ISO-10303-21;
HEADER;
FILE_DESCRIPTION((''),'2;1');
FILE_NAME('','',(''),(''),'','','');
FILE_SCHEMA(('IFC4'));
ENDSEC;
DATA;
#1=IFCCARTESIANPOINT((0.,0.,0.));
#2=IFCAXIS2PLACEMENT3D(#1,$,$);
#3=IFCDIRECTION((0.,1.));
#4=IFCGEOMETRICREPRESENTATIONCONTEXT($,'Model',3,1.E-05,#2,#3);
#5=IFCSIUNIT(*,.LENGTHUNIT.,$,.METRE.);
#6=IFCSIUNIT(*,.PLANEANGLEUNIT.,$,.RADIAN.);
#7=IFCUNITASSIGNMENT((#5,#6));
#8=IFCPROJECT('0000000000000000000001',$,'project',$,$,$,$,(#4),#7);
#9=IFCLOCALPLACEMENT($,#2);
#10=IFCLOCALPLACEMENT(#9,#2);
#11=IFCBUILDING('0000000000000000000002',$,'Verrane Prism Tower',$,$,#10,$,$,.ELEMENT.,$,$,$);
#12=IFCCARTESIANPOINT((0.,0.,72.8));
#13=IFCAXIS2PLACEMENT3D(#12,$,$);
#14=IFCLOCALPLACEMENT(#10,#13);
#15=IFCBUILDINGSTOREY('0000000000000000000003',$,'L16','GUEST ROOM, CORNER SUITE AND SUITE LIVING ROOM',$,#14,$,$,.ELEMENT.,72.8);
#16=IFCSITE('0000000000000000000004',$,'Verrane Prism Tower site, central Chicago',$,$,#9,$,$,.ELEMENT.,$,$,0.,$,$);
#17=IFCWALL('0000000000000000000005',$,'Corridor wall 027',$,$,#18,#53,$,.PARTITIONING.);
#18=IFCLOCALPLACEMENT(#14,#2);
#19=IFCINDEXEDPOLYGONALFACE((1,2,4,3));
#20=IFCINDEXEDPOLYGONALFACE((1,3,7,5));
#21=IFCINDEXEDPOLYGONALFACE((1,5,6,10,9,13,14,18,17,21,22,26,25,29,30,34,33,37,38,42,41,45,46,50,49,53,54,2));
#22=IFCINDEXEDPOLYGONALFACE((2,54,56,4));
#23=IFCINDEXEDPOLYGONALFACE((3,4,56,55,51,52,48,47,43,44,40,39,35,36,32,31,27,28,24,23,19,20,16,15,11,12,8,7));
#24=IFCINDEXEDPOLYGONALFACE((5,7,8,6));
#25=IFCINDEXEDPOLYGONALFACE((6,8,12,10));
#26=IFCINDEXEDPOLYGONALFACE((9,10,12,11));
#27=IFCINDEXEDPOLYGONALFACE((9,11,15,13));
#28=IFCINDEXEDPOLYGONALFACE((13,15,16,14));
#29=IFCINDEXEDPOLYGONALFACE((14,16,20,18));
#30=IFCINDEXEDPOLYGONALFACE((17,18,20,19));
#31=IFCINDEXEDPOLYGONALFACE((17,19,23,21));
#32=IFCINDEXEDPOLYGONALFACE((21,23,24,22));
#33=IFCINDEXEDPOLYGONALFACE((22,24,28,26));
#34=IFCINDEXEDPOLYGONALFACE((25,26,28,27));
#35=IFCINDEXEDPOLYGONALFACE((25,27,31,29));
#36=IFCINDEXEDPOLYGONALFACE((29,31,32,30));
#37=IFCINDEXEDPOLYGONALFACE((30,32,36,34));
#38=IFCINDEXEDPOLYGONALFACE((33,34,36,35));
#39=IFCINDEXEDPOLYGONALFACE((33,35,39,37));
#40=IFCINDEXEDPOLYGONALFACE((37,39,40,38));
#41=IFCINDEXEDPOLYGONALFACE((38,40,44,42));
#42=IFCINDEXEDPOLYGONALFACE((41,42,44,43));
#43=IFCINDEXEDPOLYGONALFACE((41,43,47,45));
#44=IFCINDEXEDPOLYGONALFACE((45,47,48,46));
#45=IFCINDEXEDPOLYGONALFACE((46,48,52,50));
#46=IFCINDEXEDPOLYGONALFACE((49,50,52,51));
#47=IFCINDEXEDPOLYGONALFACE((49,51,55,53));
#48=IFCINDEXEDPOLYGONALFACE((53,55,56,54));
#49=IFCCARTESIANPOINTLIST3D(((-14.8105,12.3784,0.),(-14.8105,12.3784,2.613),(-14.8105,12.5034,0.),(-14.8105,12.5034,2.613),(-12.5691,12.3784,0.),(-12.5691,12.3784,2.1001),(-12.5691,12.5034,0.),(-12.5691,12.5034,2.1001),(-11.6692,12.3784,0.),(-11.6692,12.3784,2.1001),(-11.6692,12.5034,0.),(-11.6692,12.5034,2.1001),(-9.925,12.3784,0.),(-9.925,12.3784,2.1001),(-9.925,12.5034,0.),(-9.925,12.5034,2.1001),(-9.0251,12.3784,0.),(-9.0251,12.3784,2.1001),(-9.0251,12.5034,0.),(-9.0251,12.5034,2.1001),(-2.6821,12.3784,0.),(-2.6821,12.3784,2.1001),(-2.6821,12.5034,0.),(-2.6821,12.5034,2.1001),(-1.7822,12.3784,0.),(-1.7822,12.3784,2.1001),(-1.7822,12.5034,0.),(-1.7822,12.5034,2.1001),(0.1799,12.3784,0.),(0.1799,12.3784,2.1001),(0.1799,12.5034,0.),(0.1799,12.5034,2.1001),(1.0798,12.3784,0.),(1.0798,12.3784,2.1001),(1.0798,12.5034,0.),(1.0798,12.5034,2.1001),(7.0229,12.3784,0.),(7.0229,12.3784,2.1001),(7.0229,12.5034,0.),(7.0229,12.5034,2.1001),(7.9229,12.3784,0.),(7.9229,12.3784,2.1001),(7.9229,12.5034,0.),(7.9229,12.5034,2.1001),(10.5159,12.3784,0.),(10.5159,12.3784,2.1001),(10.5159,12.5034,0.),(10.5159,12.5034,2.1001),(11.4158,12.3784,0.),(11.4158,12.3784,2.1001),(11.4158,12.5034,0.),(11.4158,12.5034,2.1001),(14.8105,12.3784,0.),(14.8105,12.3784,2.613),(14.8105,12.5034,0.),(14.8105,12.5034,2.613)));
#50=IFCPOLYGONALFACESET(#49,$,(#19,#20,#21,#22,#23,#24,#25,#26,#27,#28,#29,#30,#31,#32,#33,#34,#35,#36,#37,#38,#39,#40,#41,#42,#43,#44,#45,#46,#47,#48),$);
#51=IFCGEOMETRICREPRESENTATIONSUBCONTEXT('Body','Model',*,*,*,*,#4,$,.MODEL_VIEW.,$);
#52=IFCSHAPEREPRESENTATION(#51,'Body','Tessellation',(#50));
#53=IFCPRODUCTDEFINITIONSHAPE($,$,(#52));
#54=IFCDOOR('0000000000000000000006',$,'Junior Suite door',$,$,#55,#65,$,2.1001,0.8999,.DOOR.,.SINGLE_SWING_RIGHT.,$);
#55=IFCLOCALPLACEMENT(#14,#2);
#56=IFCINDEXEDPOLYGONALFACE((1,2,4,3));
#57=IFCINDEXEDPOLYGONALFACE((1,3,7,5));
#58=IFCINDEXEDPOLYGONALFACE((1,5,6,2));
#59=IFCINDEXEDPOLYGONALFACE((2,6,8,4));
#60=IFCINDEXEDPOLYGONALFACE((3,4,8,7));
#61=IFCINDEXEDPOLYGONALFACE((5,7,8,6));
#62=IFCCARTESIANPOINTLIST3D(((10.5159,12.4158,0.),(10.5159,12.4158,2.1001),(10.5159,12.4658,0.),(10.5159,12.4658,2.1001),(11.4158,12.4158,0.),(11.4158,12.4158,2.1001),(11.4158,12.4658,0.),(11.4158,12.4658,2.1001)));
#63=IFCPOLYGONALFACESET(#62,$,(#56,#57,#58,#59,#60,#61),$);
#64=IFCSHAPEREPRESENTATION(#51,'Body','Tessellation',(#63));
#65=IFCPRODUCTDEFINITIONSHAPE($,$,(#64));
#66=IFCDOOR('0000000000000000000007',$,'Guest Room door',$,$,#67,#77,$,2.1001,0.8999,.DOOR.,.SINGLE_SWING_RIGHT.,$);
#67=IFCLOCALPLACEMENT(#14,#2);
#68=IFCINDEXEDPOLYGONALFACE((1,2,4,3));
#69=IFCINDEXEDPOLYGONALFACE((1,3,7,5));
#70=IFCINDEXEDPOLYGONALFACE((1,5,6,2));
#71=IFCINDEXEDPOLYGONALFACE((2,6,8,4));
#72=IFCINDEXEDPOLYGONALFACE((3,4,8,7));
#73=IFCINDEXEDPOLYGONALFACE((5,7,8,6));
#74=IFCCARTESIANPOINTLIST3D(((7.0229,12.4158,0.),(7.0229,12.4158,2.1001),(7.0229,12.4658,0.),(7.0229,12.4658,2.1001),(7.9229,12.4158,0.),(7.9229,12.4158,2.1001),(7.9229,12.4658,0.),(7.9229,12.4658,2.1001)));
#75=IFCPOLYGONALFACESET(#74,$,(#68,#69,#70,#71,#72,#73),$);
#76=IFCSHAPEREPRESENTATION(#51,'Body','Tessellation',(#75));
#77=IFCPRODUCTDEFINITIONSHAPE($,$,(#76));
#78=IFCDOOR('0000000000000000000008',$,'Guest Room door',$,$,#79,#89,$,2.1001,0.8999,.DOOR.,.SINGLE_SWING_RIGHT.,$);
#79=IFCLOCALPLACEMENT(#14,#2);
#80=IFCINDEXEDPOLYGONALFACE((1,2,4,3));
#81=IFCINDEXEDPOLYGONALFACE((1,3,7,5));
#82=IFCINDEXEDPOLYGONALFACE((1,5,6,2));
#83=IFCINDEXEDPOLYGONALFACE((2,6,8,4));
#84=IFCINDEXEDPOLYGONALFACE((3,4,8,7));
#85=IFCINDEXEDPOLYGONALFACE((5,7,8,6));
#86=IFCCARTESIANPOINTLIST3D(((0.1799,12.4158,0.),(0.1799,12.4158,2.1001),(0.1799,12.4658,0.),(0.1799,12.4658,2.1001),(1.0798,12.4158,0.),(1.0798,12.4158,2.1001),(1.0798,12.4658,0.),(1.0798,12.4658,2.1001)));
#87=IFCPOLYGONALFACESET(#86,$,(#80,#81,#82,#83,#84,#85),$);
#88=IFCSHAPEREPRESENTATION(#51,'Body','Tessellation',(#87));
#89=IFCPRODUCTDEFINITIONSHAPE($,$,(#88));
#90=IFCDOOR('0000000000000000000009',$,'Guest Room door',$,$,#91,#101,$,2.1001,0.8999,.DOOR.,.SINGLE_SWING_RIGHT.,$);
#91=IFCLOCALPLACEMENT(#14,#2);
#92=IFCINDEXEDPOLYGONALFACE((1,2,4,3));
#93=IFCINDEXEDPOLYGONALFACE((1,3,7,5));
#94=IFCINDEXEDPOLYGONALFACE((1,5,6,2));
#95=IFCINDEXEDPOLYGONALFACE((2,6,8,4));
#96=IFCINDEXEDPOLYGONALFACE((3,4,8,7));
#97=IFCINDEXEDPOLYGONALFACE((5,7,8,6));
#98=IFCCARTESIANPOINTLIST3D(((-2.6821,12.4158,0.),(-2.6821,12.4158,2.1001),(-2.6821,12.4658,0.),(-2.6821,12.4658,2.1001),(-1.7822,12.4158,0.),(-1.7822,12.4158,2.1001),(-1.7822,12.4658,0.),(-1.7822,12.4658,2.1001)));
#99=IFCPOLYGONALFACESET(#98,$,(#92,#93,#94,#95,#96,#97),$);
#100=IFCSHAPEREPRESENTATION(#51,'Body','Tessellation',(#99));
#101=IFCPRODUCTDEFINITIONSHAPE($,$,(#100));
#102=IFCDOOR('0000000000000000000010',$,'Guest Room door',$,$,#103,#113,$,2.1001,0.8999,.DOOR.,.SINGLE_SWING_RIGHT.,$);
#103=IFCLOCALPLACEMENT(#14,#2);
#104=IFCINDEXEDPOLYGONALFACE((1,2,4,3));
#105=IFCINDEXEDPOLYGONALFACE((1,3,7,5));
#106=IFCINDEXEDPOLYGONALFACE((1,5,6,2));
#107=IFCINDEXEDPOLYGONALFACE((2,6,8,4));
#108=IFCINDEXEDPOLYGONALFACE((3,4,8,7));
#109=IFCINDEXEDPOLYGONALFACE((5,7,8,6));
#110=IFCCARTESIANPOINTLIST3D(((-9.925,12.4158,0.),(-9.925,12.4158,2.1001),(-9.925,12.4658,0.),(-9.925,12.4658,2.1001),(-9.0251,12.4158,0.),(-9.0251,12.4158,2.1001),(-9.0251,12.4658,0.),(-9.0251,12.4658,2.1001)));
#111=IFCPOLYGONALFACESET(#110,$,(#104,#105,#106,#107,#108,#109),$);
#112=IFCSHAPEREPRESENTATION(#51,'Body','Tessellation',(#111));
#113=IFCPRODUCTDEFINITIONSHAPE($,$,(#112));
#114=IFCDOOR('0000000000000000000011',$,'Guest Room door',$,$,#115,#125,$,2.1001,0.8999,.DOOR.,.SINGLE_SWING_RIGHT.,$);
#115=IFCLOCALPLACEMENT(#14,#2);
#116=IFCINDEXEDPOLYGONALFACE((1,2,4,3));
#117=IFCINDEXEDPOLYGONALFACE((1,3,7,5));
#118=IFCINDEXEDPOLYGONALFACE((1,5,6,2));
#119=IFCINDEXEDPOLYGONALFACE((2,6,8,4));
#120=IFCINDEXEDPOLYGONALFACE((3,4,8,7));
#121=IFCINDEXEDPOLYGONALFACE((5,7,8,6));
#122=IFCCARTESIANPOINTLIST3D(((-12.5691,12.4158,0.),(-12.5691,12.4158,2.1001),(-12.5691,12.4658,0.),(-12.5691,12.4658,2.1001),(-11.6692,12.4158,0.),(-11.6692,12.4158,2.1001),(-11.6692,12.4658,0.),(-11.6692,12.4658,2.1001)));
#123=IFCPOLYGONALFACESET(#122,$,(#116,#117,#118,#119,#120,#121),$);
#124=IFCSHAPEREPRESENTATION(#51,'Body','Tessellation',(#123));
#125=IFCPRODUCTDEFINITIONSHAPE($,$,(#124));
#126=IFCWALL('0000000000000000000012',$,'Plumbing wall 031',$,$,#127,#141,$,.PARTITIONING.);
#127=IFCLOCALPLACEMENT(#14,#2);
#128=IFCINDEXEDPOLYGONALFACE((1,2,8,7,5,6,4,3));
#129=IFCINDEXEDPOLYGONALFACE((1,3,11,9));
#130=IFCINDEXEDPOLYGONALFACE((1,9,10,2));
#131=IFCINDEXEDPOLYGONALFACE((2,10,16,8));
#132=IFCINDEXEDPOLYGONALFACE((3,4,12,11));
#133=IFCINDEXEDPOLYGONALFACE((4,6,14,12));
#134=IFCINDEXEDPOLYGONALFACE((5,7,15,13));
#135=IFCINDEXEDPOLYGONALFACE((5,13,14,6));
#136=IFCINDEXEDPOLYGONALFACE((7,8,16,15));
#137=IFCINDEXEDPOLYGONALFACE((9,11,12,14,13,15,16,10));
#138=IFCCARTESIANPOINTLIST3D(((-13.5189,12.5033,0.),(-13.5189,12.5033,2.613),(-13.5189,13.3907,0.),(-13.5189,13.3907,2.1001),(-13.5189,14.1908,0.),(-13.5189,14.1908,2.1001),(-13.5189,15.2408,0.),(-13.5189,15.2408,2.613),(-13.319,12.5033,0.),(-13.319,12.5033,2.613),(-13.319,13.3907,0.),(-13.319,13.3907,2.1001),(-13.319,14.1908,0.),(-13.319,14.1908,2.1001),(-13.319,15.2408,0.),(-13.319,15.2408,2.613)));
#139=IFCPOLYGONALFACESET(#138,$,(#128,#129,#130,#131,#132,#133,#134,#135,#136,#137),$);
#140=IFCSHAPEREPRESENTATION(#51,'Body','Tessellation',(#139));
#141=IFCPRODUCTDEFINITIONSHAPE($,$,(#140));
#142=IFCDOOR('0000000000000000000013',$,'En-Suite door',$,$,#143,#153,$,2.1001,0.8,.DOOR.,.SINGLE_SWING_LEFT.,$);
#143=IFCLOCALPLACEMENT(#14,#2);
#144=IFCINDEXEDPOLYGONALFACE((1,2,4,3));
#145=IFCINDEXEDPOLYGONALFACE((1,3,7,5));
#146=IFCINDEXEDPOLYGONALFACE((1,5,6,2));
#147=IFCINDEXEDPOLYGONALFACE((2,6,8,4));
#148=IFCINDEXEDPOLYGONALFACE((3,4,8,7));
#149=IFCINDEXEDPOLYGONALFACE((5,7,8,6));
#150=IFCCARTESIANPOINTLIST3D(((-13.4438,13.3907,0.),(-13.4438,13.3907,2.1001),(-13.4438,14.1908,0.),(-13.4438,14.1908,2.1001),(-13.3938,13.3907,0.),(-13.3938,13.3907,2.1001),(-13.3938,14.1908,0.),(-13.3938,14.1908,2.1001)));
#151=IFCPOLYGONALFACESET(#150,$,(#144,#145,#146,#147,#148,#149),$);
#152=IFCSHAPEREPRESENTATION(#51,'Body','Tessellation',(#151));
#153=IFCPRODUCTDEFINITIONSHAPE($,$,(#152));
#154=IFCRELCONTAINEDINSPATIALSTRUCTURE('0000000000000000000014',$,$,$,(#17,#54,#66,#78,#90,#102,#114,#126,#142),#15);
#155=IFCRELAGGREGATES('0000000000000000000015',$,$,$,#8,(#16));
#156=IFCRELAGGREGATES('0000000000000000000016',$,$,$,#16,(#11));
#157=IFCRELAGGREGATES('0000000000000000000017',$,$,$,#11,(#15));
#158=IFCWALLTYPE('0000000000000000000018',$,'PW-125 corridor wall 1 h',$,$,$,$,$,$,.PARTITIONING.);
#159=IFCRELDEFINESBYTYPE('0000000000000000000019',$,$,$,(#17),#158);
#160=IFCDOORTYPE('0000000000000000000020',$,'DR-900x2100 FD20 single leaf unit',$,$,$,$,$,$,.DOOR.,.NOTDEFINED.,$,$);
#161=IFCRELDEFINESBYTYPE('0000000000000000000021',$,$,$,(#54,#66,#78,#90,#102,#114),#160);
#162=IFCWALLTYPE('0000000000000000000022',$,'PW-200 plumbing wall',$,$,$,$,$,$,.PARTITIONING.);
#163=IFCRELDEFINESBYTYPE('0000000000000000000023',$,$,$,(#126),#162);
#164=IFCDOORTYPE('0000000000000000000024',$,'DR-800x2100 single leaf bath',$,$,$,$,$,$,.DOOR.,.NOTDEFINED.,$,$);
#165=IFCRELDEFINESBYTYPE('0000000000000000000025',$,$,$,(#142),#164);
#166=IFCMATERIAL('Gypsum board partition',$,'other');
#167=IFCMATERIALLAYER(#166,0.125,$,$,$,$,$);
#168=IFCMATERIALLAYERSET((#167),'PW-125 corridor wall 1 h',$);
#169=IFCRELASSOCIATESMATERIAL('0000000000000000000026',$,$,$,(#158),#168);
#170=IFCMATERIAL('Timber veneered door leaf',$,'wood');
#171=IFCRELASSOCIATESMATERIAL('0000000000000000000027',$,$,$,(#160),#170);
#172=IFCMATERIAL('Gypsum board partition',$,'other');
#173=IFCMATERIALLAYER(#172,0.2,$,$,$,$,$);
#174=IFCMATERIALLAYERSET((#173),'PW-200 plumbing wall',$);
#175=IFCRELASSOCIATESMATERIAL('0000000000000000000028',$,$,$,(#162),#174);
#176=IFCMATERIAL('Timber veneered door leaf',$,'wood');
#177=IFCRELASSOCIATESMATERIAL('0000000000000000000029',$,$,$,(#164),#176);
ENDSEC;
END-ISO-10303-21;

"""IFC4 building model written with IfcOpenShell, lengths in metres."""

from ifc_helpers import new_model, si_unit, direction, frame, frame_2d, origin, place, context, subcontext, project, spatial, rectangle, extrude, material, layer, layer_set, type_object, element, fill, save


model = new_model("IFC4")

# Units and contexts
model_context = context("Model", 3, precision=1e-05, world=origin(), true_north=direction((0.0, 1.0)))
body_context = subcontext(model_context, "Body", "Model", "MODEL_VIEW")
ifc_project = project(units=[si_unit("LENGTHUNIT", "METRE"), si_unit("PLANEANGLEUNIT", "RADIAN")], contexts=[model_context])

# Site, building, storey
site_placement = place(None, origin())
site = spatial("IfcSite", under=ifc_project, at=site_placement, Name="Verrane Prism Tower site, central Chicago", CompositionType="ELEMENT", RefElevation=0.0)
building_placement = place(site_placement, origin())
building = spatial("IfcBuilding", under=site, at=building_placement, Name="Verrane Prism Tower", CompositionType="ELEMENT")
storey_placement = place(building_placement, frame((0.0, 0.0, 72.8)))
storey = spatial("IfcBuildingStorey", under=building, at=storey_placement, Name="L16", Description="GUEST ROOM, CORNER SUITE AND SUITE LIVING ROOM", CompositionType="ELEMENT", Elevation=72.8)

# Wall, openings, doors
ifc_material_1 = material(Name="Gypsum board partition", Category="other")
ifc_layer_1 = layer(ifc_material_1, 0.125)
ifc_layer_set_1 = layer_set([ifc_layer_1], Name="PW-125 corridor wall 1 h")
wall_type_1 = type_object("IfcWallType", Name="PW-125 corridor wall 1 h", PredefinedType="PARTITIONING", material=ifc_layer_set_1)
wall_1_placement = place(storey_placement, frame((-14.8105, 12.4409, 0.0), z_axis=(0.0, 0.0, 1.0), x_axis=(1.0, 0.0, 0.0)))
wall_1 = element("IfcWall", 1, at=wall_1_placement, inside=storey, type_object=wall_type_1, Name="Corridor wall 027", PredefinedType="PARTITIONING", context=body_context, shape_type="SweptSolid", body=[
    extrude(rectangle(XDim=29.6211, YDim=0.125, at=frame_2d((14.8105, 0.0))), origin(), (0.0, 0.0, 1.0), 2.613),
])
opening_1_placement = place(wall_1_placement, frame((25.3264, 0.0, 0.0)))
opening_1 = element("IfcOpeningElement", 2, at=opening_1_placement, cuts=wall_1, PredefinedType="OPENING", context=body_context, shape_type="SweptSolid", body=[
    extrude(rectangle(XDim=0.8999, YDim=2.1001, at=frame_2d((0.45, 1.05))), frame((0.0, 0.0725, 0.0), z_axis=(0.0, -1.0, 0.0), x_axis=(1.0, 0.0, 0.0)), (0.0, 0.0, 1.0), 0.145),
])
opening_2_placement = place(wall_1_placement, frame((21.8335, 0.0, 0.0)))
opening_2 = element("IfcOpeningElement", 3, at=opening_2_placement, cuts=wall_1, PredefinedType="OPENING", context=body_context, shape_type="SweptSolid", body=[
    extrude(rectangle(XDim=0.8999, YDim=2.1001, at=frame_2d((0.45, 1.05))), frame((0.0, 0.0725, 0.0), z_axis=(0.0, -1.0, 0.0), x_axis=(1.0, 0.0, 0.0)), (0.0, 0.0, 1.0), 0.145),
])
opening_3_placement = place(wall_1_placement, frame((14.9905, 0.0, 0.0)))
opening_3 = element("IfcOpeningElement", 4, at=opening_3_placement, cuts=wall_1, PredefinedType="OPENING", context=body_context, shape_type="SweptSolid", body=[
    extrude(rectangle(XDim=0.8999, YDim=2.1001, at=frame_2d((0.45, 1.05))), frame((0.0, 0.0725, 0.0), z_axis=(0.0, -1.0, 0.0), x_axis=(1.0, 0.0, 0.0)), (0.0, 0.0, 1.0), 0.145),
])
opening_4_placement = place(wall_1_placement, frame((12.1284, 0.0, 0.0)))
opening_4 = element("IfcOpeningElement", 5, at=opening_4_placement, cuts=wall_1, PredefinedType="OPENING", context=body_context, shape_type="SweptSolid", body=[
    extrude(rectangle(XDim=0.8999, YDim=2.1001, at=frame_2d((0.45, 1.05))), frame((0.0, 0.0725, 0.0), z_axis=(0.0, -1.0, 0.0), x_axis=(1.0, 0.0, 0.0)), (0.0, 0.0, 1.0), 0.145),
])
opening_5_placement = place(wall_1_placement, frame((4.8855, 0.0, 0.0)))
opening_5 = element("IfcOpeningElement", 6, at=opening_5_placement, cuts=wall_1, PredefinedType="OPENING", context=body_context, shape_type="SweptSolid", body=[
    extrude(rectangle(XDim=0.8999, YDim=2.1001, at=frame_2d((0.45, 1.05))), frame((0.0, 0.0725, 0.0), z_axis=(0.0, -1.0, 0.0), x_axis=(1.0, 0.0, 0.0)), (0.0, 0.0, 1.0), 0.145),
])
opening_6_placement = place(wall_1_placement, frame((2.2415, 0.0, 0.0)))
opening_6 = element("IfcOpeningElement", 7, at=opening_6_placement, cuts=wall_1, PredefinedType="OPENING", context=body_context, shape_type="SweptSolid", body=[
    extrude(rectangle(XDim=0.8999, YDim=2.1001, at=frame_2d((0.45, 1.05))), frame((0.0, 0.0725, 0.0), z_axis=(0.0, -1.0, 0.0), x_axis=(1.0, 0.0, 0.0)), (0.0, 0.0, 1.0), 0.145),
])
ifc_material_2 = material(Name="Timber veneered door leaf", Category="wood")
door_type_1 = type_object("IfcDoorType", Name="DR-900x2100 FD20 single leaf unit", OperationType="NOTDEFINED", PredefinedType="DOOR", material=ifc_material_2)
door_1_placement = place(opening_1_placement, origin())
door_1 = element("IfcDoor", 8, at=door_1_placement, inside=storey, type_object=door_type_1, Name="Junior Suite door", OperationType="SINGLE_SWING_RIGHT", OverallHeight=2.1001, OverallWidth=0.8999, PredefinedType="DOOR", context=body_context, shape_type="SweptSolid", body=[
    extrude(rectangle(XDim=0.8999, YDim=2.1001, at=frame_2d((0.45, 1.05))), frame((0.0, 0.0249, 0.0), z_axis=(0.0, -1.0, 0.0), x_axis=(1.0, 0.0, 0.0)), (0.0, 0.0, 1.0), 0.05),
])
fill(opening_1, door_1)
door_2_placement = place(opening_2_placement, origin())
door_2 = element("IfcDoor", 9, at=door_2_placement, inside=storey, type_object=door_type_1, Name="Guest Room door", OperationType="SINGLE_SWING_RIGHT", OverallHeight=2.1001, OverallWidth=0.8999, PredefinedType="DOOR", context=body_context, shape_type="SweptSolid", body=[
    extrude(rectangle(XDim=0.8999, YDim=2.1001, at=frame_2d((0.45, 1.05))), frame((0.0, 0.0249, 0.0), z_axis=(0.0, -1.0, 0.0), x_axis=(1.0, 0.0, 0.0)), (0.0, 0.0, 1.0), 0.05),
])
fill(opening_2, door_2)
door_3_placement = place(opening_3_placement, origin())
door_3 = element("IfcDoor", 10, at=door_3_placement, inside=storey, type_object=door_type_1, Name="Guest Room door", OperationType="SINGLE_SWING_RIGHT", OverallHeight=2.1001, OverallWidth=0.8999, PredefinedType="DOOR", context=body_context, shape_type="SweptSolid", body=[
    extrude(rectangle(XDim=0.8999, YDim=2.1001, at=frame_2d((0.45, 1.05))), frame((0.0, 0.0249, 0.0), z_axis=(0.0, -1.0, 0.0), x_axis=(1.0, 0.0, 0.0)), (0.0, 0.0, 1.0), 0.05),
])
fill(opening_3, door_3)
door_4_placement = place(opening_4_placement, origin())
door_4 = element("IfcDoor", 11, at=door_4_placement, inside=storey, type_object=door_type_1, Name="Guest Room door", OperationType="SINGLE_SWING_RIGHT", OverallHeight=2.1001, OverallWidth=0.8999, PredefinedType="DOOR", context=body_context, shape_type="SweptSolid", body=[
    extrude(rectangle(XDim=0.8999, YDim=2.1001, at=frame_2d((0.45, 1.05))), frame((0.0, 0.0249, 0.0), z_axis=(0.0, -1.0, 0.0), x_axis=(1.0, 0.0, 0.0)), (0.0, 0.0, 1.0), 0.05),
])
fill(opening_4, door_4)
door_5_placement = place(opening_5_placement, origin())
door_5 = element("IfcDoor", 12, at=door_5_placement, inside=storey, type_object=door_type_1, Name="Guest Room door", OperationType="SINGLE_SWING_RIGHT", OverallHeight=2.1001, OverallWidth=0.8999, PredefinedType="DOOR", context=body_context, shape_type="SweptSolid", body=[
    extrude(rectangle(XDim=0.8999, YDim=2.1001, at=frame_2d((0.45, 1.05))), frame((0.0, 0.0249, 0.0), z_axis=(0.0, -1.0, 0.0), x_axis=(1.0, 0.0, 0.0)), (0.0, 0.0, 1.0), 0.05),
])
fill(opening_5, door_5)
door_6_placement = place(opening_6_placement, origin())
door_6 = element("IfcDoor", 13, at=door_6_placement, inside=storey, type_object=door_type_1, Name="Guest Room door", OperationType="SINGLE_SWING_RIGHT", OverallHeight=2.1001, OverallWidth=0.8999, PredefinedType="DOOR", context=body_context, shape_type="SweptSolid", body=[
    extrude(rectangle(XDim=0.8999, YDim=2.1001, at=frame_2d((0.45, 1.05))), frame((0.0, 0.0249, 0.0), z_axis=(0.0, -1.0, 0.0), x_axis=(1.0, 0.0, 0.0)), (0.0, 0.0, 1.0), 0.05),
])
fill(opening_6, door_6)

# Wall, opening, door
ifc_material_3 = material(Name="Gypsum board partition", Category="other")
ifc_layer_2 = layer(ifc_material_3, 0.2)
ifc_layer_set_2 = layer_set([ifc_layer_2], Name="PW-200 plumbing wall")
wall_type_2 = type_object("IfcWallType", Name="PW-200 plumbing wall", PredefinedType="PARTITIONING", material=ifc_layer_set_2)
wall_2_placement = place(storey_placement, frame((-13.4189, 12.5034, 0.0), z_axis=(0.0, 0.0, 1.0), x_axis=(0.0, 1.0, 0.0)))
wall_2 = element("IfcWall", 14, at=wall_2_placement, inside=storey, type_object=wall_type_2, Name="Plumbing wall 031", PredefinedType="PARTITIONING", context=body_context, shape_type="SweptSolid", body=[
    extrude(rectangle(XDim=2.7375, YDim=0.2, at=frame_2d((1.3687, 0.0))), origin(), (0.0, 0.0, 1.0), 2.613),
])
opening_7_placement = place(wall_2_placement, frame((0.8875, 0.0, 0.0)))
opening_7 = element("IfcOpeningElement", 15, at=opening_7_placement, cuts=wall_2, PredefinedType="OPENING", context=body_context, shape_type="SweptSolid", body=[
    extrude(rectangle(XDim=0.8, YDim=2.1001, at=frame_2d((0.3999, 1.05))), frame((0.0, 0.1099, 0.0), z_axis=(0.0, -1.0, 0.0), x_axis=(1.0, 0.0, 0.0)), (0.0, 0.0, 1.0), 0.22),
])
ifc_material_4 = material(Name="Timber veneered door leaf", Category="wood")
door_type_2 = type_object("IfcDoorType", Name="DR-800x2100 single leaf bath", OperationType="NOTDEFINED", PredefinedType="DOOR", material=ifc_material_4)
door_7_placement = place(opening_7_placement, origin())
door_7 = element("IfcDoor", 16, at=door_7_placement, inside=storey, type_object=door_type_2, Name="En-Suite door", OperationType="SINGLE_SWING_LEFT", OverallHeight=2.1001, OverallWidth=0.8, PredefinedType="DOOR", context=body_context, shape_type="SweptSolid", body=[
    extrude(rectangle(XDim=0.8, YDim=2.1001, at=frame_2d((0.3999, 1.05))), frame((0.0, 0.0249, 0.0), z_axis=(0.0, -1.0, 0.0), x_axis=(1.0, 0.0, 0.0)), (0.0, 0.0, 1.0), 0.05),
])
fill(opening_7, door_7)

save(model, "model.ifc")
